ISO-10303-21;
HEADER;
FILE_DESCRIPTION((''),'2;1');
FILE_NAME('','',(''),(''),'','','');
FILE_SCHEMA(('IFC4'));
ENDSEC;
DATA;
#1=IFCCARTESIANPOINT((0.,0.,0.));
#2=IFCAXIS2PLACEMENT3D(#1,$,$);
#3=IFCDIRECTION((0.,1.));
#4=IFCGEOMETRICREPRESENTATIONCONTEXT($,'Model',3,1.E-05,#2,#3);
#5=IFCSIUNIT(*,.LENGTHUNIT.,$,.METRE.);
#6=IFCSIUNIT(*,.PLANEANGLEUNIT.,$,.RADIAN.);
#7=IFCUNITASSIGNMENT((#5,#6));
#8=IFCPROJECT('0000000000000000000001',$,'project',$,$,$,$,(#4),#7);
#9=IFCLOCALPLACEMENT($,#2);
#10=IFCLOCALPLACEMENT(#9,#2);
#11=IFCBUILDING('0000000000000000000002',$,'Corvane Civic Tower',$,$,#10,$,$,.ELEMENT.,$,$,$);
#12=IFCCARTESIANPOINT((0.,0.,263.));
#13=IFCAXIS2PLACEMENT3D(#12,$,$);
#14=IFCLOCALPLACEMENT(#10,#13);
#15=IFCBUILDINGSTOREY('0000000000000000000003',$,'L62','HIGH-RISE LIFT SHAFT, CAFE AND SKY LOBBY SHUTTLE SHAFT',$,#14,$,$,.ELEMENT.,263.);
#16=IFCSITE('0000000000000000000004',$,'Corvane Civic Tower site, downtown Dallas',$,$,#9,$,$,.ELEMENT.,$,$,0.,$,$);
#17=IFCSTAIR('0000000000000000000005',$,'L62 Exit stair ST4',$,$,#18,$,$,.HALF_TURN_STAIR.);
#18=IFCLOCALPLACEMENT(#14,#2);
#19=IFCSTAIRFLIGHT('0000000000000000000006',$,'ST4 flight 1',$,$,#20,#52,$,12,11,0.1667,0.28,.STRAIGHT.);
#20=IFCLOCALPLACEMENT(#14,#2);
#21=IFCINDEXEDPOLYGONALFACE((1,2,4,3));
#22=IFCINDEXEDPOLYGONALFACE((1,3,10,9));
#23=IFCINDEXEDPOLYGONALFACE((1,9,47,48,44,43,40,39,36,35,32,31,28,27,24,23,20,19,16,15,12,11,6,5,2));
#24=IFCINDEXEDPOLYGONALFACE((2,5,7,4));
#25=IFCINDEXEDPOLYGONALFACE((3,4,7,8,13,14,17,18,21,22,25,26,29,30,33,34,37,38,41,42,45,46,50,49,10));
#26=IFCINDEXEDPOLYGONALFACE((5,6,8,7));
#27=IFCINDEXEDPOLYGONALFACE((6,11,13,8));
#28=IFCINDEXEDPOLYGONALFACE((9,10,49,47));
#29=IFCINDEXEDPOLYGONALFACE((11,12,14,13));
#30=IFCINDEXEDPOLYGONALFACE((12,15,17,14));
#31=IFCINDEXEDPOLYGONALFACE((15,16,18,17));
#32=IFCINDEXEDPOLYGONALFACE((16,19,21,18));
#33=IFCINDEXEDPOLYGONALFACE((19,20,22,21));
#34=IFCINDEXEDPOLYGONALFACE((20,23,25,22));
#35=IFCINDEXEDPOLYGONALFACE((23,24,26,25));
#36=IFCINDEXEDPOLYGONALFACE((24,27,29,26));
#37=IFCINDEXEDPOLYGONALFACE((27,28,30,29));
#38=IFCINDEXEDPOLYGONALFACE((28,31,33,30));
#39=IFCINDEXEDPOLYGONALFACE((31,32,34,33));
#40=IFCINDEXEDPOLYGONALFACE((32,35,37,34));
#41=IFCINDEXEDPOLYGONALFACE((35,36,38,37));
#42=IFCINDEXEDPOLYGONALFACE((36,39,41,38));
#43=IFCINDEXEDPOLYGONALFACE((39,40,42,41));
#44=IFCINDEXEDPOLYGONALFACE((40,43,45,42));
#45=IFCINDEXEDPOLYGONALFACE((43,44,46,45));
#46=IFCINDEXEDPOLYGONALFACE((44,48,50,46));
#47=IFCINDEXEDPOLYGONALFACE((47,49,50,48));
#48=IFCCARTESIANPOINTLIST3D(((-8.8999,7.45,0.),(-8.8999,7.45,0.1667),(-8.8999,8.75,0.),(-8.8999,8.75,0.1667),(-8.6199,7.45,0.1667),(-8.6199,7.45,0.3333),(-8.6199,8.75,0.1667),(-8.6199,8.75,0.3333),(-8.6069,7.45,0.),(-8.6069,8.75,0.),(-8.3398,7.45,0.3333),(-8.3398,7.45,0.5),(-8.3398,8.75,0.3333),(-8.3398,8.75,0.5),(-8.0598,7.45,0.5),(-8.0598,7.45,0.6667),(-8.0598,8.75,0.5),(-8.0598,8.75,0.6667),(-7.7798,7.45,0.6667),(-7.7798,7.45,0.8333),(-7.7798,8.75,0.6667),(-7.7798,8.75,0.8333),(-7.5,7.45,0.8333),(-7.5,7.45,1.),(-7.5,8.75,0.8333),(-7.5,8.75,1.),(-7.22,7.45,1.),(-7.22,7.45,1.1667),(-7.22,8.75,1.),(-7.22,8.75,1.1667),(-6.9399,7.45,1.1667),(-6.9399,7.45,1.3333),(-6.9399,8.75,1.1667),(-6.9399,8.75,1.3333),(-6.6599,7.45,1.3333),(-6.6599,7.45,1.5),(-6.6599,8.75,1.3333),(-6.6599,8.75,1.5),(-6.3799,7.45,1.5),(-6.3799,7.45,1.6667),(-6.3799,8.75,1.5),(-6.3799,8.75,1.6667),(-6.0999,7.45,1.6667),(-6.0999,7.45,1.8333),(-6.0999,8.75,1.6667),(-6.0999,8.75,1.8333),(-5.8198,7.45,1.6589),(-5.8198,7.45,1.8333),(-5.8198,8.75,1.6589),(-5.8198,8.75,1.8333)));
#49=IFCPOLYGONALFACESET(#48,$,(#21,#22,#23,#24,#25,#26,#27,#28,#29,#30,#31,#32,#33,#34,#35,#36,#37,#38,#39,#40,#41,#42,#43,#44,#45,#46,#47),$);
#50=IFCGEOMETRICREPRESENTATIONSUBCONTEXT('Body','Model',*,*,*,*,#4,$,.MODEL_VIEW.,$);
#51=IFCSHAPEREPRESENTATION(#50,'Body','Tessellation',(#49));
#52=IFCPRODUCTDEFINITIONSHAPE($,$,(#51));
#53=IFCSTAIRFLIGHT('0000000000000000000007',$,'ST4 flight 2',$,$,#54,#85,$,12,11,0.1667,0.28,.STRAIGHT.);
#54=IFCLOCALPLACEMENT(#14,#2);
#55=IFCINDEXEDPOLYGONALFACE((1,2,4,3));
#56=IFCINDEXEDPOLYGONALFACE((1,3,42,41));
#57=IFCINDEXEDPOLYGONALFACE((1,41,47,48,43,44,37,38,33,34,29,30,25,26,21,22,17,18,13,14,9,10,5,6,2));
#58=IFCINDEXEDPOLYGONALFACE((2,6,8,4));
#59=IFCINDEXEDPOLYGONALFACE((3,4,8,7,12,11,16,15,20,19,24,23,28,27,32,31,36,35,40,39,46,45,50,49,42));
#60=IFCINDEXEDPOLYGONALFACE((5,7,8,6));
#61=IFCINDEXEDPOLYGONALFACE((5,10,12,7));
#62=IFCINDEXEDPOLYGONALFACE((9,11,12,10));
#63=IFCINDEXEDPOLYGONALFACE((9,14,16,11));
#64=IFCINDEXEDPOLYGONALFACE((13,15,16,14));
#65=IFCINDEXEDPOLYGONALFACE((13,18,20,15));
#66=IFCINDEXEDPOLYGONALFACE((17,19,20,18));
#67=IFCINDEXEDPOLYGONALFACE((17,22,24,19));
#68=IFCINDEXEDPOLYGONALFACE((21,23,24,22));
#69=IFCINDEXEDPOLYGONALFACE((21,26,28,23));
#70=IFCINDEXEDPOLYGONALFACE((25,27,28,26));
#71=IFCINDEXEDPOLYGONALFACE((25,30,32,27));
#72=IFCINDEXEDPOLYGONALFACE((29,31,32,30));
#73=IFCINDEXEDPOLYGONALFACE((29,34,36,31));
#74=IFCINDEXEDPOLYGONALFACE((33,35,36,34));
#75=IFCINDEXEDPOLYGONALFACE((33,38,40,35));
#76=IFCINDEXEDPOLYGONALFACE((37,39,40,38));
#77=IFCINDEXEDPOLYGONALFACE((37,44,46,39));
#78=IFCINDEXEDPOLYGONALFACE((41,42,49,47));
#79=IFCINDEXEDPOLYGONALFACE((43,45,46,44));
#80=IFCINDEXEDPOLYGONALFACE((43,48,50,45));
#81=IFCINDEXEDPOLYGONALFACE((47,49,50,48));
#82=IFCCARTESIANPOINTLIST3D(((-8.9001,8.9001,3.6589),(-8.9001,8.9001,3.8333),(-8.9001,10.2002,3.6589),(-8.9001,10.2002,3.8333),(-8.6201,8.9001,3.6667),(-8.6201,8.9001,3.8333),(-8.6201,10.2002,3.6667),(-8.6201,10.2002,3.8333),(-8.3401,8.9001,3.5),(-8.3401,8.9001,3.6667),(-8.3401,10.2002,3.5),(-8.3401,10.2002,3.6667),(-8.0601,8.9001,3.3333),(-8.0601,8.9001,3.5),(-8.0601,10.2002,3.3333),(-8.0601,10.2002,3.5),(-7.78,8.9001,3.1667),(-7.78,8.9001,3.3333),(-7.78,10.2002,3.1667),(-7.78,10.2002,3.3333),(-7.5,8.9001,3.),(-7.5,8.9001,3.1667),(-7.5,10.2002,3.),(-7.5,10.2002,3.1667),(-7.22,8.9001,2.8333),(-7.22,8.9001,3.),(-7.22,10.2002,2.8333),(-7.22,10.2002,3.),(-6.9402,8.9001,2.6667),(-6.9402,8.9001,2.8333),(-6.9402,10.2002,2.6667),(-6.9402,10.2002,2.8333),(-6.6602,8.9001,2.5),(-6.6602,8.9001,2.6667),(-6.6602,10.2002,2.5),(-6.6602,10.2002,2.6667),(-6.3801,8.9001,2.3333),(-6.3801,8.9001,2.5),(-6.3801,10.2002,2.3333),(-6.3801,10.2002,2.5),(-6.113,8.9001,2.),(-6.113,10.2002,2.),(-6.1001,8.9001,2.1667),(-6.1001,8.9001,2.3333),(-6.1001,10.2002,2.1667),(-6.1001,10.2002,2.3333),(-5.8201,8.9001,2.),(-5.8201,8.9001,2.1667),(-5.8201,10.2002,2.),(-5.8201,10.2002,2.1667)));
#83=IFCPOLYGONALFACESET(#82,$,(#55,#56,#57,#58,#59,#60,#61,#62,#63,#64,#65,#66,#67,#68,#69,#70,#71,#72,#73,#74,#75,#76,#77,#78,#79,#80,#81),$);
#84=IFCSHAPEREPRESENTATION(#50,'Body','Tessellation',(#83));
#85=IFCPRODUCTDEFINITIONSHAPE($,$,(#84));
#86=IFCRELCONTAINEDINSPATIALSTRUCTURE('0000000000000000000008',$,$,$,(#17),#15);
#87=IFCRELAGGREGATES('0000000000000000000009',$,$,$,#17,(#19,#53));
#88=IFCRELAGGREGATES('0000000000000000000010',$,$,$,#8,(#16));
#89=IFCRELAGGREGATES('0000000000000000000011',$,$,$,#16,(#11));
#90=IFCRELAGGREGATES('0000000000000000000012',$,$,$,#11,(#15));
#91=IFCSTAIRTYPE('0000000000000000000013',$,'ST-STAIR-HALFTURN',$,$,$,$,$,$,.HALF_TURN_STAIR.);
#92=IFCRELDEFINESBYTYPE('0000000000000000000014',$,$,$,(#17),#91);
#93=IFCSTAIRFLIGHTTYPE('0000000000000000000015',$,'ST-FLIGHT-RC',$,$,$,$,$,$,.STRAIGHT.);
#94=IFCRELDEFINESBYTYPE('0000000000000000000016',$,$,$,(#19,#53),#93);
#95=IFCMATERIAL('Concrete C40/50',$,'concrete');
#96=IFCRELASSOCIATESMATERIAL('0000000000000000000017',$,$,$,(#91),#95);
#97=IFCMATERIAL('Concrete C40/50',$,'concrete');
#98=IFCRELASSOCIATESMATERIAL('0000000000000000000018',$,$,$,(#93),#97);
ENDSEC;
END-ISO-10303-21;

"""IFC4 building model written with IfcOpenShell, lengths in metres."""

from ifc_helpers import new_model, si_unit, direction, frame, origin, place, context, subcontext, project, spatial, polyline, outline, extrude, material, type_object, element, aggregate, save


model = new_model("IFC4")

# Units and contexts
model_context = context("Model", 3, precision=1e-05, world=origin(), true_north=direction((0.0, 1.0)))
body_context = subcontext(model_context, "Body", "Model", "MODEL_VIEW")
ifc_project = project(units=[si_unit("LENGTHUNIT", "METRE"), si_unit("PLANEANGLEUNIT", "RADIAN")], contexts=[model_context])

# Site, building, storey
site_placement = place(None, origin())
site = spatial("IfcSite", under=ifc_project, at=site_placement, Name="Corvane Civic Tower site, downtown Dallas", CompositionType="ELEMENT", RefElevation=0.0)
building_placement = place(site_placement, origin())
building = spatial("IfcBuilding", under=site, at=building_placement, Name="Corvane Civic Tower", CompositionType="ELEMENT")
storey_placement = place(building_placement, frame((0.0, 0.0, 263.0)))
storey = spatial("IfcBuildingStorey", under=building, at=storey_placement, Name="L62", Description="HIGH-RISE LIFT SHAFT, CAFE AND SKY LOBBY SHUTTLE SHAFT", CompositionType="ELEMENT", Elevation=263.0)

# Stair
ifc_material_1 = material(Name="Concrete C40/50", Category="concrete")
stair_type = type_object("IfcStairType", Name="ST-STAIR-HALFTURN", PredefinedType="HALF_TURN_STAIR", material=ifc_material_1)
stair_1_placement = place(storey_placement, origin())
stair_1 = element("IfcStair", 1, at=stair_1_placement, inside=storey, type_object=stair_type, Name="L62 Exit stair ST4", PredefinedType="HALF_TURN_STAIR")

# Stair flights
ifc_material_2 = material(Name="Concrete C40/50", Category="concrete")
stair_flight_type = type_object("IfcStairFlightType", Name="ST-FLIGHT-RC", PredefinedType="STRAIGHT", material=ifc_material_2)
stair_flight_1_placement = place(storey_placement, frame((-8.8999, 8.1001, 0.0), z_axis=(0.0, 0.0, 1.0), x_axis=(1.0, 0.0, 0.0)))
stair_flight_1 = element("IfcStairFlight", 2, at=stair_flight_1_placement, type_object=stair_flight_type, Name="ST4 flight 1", NumberOfRisers=12, NumberOfTreads=11, PredefinedType="STRAIGHT", RiserHeight=0.1667, TreadLength=0.28, context=body_context, shape_type="SweptSolid", body=[
    extrude(outline(polyline([(0.0, 0.0), (0.0, 0.1667), (0.28, 0.1667), (0.28, 0.3333), (0.5601, 0.3333), (0.5601, 0.5), (0.8401, 0.5), (0.8401, 0.6667), (1.1201, 0.6667), (1.1201, 0.8333), (1.3999, 0.8333), (1.3999, 1.0), (1.6799, 1.0), (1.6799, 1.1667), (1.96, 1.1667), (1.96, 1.3333), (2.24, 1.3333), (2.24, 1.5), (2.52, 1.5), (2.52, 1.6667), (2.8, 1.6667), (2.8, 1.8333), (3.0801, 1.8333), (3.0801, 2.0), (3.0801, 1.6589), (0.293, 0.0), (0.0, 0.0)])), frame((0.0, 0.6499, 0.0), z_axis=(0.0, -1.0, 0.0), x_axis=(1.0, 0.0, 0.0)), (0.0, 0.0, 1.0), 1.3),
])
stair_flight_2_placement = place(storey_placement, frame((-5.8201, 9.55, 2.0), z_axis=(0.0, 0.0, 1.0), x_axis=(-1.0, 0.0, 0.0)))
stair_flight_2 = element("IfcStairFlight", 3, at=stair_flight_2_placement, type_object=stair_flight_type, Name="ST4 flight 2", NumberOfRisers=12, NumberOfTreads=11, PredefinedType="STRAIGHT", RiserHeight=0.1667, TreadLength=0.28, context=body_context, shape_type="SweptSolid", body=[
    extrude(outline(polyline([(0.0, 0.0), (0.0, 0.1667), (0.28, 0.1667), (0.28, 0.3333), (0.5601, 0.3333), (0.5601, 0.5), (0.8401, 0.5), (0.8401, 0.6667), (1.1201, 0.6667), (1.1201, 0.8333), (1.3999, 0.8333), (1.3999, 1.0), (1.6799, 1.0), (1.6799, 1.1667), (1.96, 1.1667), (1.96, 1.3333), (2.24, 1.3333), (2.24, 1.5), (2.52, 1.5), (2.52, 1.6667), (2.8, 1.6667), (2.8, 1.8333), (3.0801, 1.8333), (3.0801, 2.0), (3.0801, 1.6589), (0.293, 0.0), (0.0, 0.0)])), frame((0.0, 0.6499, 0.0), z_axis=(0.0, -1.0, 0.0), x_axis=(1.0, 0.0, 0.0)), (0.0, 0.0, 1.0), 1.3),
])
aggregate(stair_1, [stair_flight_1, stair_flight_2])

save(model, "model.ifc")
